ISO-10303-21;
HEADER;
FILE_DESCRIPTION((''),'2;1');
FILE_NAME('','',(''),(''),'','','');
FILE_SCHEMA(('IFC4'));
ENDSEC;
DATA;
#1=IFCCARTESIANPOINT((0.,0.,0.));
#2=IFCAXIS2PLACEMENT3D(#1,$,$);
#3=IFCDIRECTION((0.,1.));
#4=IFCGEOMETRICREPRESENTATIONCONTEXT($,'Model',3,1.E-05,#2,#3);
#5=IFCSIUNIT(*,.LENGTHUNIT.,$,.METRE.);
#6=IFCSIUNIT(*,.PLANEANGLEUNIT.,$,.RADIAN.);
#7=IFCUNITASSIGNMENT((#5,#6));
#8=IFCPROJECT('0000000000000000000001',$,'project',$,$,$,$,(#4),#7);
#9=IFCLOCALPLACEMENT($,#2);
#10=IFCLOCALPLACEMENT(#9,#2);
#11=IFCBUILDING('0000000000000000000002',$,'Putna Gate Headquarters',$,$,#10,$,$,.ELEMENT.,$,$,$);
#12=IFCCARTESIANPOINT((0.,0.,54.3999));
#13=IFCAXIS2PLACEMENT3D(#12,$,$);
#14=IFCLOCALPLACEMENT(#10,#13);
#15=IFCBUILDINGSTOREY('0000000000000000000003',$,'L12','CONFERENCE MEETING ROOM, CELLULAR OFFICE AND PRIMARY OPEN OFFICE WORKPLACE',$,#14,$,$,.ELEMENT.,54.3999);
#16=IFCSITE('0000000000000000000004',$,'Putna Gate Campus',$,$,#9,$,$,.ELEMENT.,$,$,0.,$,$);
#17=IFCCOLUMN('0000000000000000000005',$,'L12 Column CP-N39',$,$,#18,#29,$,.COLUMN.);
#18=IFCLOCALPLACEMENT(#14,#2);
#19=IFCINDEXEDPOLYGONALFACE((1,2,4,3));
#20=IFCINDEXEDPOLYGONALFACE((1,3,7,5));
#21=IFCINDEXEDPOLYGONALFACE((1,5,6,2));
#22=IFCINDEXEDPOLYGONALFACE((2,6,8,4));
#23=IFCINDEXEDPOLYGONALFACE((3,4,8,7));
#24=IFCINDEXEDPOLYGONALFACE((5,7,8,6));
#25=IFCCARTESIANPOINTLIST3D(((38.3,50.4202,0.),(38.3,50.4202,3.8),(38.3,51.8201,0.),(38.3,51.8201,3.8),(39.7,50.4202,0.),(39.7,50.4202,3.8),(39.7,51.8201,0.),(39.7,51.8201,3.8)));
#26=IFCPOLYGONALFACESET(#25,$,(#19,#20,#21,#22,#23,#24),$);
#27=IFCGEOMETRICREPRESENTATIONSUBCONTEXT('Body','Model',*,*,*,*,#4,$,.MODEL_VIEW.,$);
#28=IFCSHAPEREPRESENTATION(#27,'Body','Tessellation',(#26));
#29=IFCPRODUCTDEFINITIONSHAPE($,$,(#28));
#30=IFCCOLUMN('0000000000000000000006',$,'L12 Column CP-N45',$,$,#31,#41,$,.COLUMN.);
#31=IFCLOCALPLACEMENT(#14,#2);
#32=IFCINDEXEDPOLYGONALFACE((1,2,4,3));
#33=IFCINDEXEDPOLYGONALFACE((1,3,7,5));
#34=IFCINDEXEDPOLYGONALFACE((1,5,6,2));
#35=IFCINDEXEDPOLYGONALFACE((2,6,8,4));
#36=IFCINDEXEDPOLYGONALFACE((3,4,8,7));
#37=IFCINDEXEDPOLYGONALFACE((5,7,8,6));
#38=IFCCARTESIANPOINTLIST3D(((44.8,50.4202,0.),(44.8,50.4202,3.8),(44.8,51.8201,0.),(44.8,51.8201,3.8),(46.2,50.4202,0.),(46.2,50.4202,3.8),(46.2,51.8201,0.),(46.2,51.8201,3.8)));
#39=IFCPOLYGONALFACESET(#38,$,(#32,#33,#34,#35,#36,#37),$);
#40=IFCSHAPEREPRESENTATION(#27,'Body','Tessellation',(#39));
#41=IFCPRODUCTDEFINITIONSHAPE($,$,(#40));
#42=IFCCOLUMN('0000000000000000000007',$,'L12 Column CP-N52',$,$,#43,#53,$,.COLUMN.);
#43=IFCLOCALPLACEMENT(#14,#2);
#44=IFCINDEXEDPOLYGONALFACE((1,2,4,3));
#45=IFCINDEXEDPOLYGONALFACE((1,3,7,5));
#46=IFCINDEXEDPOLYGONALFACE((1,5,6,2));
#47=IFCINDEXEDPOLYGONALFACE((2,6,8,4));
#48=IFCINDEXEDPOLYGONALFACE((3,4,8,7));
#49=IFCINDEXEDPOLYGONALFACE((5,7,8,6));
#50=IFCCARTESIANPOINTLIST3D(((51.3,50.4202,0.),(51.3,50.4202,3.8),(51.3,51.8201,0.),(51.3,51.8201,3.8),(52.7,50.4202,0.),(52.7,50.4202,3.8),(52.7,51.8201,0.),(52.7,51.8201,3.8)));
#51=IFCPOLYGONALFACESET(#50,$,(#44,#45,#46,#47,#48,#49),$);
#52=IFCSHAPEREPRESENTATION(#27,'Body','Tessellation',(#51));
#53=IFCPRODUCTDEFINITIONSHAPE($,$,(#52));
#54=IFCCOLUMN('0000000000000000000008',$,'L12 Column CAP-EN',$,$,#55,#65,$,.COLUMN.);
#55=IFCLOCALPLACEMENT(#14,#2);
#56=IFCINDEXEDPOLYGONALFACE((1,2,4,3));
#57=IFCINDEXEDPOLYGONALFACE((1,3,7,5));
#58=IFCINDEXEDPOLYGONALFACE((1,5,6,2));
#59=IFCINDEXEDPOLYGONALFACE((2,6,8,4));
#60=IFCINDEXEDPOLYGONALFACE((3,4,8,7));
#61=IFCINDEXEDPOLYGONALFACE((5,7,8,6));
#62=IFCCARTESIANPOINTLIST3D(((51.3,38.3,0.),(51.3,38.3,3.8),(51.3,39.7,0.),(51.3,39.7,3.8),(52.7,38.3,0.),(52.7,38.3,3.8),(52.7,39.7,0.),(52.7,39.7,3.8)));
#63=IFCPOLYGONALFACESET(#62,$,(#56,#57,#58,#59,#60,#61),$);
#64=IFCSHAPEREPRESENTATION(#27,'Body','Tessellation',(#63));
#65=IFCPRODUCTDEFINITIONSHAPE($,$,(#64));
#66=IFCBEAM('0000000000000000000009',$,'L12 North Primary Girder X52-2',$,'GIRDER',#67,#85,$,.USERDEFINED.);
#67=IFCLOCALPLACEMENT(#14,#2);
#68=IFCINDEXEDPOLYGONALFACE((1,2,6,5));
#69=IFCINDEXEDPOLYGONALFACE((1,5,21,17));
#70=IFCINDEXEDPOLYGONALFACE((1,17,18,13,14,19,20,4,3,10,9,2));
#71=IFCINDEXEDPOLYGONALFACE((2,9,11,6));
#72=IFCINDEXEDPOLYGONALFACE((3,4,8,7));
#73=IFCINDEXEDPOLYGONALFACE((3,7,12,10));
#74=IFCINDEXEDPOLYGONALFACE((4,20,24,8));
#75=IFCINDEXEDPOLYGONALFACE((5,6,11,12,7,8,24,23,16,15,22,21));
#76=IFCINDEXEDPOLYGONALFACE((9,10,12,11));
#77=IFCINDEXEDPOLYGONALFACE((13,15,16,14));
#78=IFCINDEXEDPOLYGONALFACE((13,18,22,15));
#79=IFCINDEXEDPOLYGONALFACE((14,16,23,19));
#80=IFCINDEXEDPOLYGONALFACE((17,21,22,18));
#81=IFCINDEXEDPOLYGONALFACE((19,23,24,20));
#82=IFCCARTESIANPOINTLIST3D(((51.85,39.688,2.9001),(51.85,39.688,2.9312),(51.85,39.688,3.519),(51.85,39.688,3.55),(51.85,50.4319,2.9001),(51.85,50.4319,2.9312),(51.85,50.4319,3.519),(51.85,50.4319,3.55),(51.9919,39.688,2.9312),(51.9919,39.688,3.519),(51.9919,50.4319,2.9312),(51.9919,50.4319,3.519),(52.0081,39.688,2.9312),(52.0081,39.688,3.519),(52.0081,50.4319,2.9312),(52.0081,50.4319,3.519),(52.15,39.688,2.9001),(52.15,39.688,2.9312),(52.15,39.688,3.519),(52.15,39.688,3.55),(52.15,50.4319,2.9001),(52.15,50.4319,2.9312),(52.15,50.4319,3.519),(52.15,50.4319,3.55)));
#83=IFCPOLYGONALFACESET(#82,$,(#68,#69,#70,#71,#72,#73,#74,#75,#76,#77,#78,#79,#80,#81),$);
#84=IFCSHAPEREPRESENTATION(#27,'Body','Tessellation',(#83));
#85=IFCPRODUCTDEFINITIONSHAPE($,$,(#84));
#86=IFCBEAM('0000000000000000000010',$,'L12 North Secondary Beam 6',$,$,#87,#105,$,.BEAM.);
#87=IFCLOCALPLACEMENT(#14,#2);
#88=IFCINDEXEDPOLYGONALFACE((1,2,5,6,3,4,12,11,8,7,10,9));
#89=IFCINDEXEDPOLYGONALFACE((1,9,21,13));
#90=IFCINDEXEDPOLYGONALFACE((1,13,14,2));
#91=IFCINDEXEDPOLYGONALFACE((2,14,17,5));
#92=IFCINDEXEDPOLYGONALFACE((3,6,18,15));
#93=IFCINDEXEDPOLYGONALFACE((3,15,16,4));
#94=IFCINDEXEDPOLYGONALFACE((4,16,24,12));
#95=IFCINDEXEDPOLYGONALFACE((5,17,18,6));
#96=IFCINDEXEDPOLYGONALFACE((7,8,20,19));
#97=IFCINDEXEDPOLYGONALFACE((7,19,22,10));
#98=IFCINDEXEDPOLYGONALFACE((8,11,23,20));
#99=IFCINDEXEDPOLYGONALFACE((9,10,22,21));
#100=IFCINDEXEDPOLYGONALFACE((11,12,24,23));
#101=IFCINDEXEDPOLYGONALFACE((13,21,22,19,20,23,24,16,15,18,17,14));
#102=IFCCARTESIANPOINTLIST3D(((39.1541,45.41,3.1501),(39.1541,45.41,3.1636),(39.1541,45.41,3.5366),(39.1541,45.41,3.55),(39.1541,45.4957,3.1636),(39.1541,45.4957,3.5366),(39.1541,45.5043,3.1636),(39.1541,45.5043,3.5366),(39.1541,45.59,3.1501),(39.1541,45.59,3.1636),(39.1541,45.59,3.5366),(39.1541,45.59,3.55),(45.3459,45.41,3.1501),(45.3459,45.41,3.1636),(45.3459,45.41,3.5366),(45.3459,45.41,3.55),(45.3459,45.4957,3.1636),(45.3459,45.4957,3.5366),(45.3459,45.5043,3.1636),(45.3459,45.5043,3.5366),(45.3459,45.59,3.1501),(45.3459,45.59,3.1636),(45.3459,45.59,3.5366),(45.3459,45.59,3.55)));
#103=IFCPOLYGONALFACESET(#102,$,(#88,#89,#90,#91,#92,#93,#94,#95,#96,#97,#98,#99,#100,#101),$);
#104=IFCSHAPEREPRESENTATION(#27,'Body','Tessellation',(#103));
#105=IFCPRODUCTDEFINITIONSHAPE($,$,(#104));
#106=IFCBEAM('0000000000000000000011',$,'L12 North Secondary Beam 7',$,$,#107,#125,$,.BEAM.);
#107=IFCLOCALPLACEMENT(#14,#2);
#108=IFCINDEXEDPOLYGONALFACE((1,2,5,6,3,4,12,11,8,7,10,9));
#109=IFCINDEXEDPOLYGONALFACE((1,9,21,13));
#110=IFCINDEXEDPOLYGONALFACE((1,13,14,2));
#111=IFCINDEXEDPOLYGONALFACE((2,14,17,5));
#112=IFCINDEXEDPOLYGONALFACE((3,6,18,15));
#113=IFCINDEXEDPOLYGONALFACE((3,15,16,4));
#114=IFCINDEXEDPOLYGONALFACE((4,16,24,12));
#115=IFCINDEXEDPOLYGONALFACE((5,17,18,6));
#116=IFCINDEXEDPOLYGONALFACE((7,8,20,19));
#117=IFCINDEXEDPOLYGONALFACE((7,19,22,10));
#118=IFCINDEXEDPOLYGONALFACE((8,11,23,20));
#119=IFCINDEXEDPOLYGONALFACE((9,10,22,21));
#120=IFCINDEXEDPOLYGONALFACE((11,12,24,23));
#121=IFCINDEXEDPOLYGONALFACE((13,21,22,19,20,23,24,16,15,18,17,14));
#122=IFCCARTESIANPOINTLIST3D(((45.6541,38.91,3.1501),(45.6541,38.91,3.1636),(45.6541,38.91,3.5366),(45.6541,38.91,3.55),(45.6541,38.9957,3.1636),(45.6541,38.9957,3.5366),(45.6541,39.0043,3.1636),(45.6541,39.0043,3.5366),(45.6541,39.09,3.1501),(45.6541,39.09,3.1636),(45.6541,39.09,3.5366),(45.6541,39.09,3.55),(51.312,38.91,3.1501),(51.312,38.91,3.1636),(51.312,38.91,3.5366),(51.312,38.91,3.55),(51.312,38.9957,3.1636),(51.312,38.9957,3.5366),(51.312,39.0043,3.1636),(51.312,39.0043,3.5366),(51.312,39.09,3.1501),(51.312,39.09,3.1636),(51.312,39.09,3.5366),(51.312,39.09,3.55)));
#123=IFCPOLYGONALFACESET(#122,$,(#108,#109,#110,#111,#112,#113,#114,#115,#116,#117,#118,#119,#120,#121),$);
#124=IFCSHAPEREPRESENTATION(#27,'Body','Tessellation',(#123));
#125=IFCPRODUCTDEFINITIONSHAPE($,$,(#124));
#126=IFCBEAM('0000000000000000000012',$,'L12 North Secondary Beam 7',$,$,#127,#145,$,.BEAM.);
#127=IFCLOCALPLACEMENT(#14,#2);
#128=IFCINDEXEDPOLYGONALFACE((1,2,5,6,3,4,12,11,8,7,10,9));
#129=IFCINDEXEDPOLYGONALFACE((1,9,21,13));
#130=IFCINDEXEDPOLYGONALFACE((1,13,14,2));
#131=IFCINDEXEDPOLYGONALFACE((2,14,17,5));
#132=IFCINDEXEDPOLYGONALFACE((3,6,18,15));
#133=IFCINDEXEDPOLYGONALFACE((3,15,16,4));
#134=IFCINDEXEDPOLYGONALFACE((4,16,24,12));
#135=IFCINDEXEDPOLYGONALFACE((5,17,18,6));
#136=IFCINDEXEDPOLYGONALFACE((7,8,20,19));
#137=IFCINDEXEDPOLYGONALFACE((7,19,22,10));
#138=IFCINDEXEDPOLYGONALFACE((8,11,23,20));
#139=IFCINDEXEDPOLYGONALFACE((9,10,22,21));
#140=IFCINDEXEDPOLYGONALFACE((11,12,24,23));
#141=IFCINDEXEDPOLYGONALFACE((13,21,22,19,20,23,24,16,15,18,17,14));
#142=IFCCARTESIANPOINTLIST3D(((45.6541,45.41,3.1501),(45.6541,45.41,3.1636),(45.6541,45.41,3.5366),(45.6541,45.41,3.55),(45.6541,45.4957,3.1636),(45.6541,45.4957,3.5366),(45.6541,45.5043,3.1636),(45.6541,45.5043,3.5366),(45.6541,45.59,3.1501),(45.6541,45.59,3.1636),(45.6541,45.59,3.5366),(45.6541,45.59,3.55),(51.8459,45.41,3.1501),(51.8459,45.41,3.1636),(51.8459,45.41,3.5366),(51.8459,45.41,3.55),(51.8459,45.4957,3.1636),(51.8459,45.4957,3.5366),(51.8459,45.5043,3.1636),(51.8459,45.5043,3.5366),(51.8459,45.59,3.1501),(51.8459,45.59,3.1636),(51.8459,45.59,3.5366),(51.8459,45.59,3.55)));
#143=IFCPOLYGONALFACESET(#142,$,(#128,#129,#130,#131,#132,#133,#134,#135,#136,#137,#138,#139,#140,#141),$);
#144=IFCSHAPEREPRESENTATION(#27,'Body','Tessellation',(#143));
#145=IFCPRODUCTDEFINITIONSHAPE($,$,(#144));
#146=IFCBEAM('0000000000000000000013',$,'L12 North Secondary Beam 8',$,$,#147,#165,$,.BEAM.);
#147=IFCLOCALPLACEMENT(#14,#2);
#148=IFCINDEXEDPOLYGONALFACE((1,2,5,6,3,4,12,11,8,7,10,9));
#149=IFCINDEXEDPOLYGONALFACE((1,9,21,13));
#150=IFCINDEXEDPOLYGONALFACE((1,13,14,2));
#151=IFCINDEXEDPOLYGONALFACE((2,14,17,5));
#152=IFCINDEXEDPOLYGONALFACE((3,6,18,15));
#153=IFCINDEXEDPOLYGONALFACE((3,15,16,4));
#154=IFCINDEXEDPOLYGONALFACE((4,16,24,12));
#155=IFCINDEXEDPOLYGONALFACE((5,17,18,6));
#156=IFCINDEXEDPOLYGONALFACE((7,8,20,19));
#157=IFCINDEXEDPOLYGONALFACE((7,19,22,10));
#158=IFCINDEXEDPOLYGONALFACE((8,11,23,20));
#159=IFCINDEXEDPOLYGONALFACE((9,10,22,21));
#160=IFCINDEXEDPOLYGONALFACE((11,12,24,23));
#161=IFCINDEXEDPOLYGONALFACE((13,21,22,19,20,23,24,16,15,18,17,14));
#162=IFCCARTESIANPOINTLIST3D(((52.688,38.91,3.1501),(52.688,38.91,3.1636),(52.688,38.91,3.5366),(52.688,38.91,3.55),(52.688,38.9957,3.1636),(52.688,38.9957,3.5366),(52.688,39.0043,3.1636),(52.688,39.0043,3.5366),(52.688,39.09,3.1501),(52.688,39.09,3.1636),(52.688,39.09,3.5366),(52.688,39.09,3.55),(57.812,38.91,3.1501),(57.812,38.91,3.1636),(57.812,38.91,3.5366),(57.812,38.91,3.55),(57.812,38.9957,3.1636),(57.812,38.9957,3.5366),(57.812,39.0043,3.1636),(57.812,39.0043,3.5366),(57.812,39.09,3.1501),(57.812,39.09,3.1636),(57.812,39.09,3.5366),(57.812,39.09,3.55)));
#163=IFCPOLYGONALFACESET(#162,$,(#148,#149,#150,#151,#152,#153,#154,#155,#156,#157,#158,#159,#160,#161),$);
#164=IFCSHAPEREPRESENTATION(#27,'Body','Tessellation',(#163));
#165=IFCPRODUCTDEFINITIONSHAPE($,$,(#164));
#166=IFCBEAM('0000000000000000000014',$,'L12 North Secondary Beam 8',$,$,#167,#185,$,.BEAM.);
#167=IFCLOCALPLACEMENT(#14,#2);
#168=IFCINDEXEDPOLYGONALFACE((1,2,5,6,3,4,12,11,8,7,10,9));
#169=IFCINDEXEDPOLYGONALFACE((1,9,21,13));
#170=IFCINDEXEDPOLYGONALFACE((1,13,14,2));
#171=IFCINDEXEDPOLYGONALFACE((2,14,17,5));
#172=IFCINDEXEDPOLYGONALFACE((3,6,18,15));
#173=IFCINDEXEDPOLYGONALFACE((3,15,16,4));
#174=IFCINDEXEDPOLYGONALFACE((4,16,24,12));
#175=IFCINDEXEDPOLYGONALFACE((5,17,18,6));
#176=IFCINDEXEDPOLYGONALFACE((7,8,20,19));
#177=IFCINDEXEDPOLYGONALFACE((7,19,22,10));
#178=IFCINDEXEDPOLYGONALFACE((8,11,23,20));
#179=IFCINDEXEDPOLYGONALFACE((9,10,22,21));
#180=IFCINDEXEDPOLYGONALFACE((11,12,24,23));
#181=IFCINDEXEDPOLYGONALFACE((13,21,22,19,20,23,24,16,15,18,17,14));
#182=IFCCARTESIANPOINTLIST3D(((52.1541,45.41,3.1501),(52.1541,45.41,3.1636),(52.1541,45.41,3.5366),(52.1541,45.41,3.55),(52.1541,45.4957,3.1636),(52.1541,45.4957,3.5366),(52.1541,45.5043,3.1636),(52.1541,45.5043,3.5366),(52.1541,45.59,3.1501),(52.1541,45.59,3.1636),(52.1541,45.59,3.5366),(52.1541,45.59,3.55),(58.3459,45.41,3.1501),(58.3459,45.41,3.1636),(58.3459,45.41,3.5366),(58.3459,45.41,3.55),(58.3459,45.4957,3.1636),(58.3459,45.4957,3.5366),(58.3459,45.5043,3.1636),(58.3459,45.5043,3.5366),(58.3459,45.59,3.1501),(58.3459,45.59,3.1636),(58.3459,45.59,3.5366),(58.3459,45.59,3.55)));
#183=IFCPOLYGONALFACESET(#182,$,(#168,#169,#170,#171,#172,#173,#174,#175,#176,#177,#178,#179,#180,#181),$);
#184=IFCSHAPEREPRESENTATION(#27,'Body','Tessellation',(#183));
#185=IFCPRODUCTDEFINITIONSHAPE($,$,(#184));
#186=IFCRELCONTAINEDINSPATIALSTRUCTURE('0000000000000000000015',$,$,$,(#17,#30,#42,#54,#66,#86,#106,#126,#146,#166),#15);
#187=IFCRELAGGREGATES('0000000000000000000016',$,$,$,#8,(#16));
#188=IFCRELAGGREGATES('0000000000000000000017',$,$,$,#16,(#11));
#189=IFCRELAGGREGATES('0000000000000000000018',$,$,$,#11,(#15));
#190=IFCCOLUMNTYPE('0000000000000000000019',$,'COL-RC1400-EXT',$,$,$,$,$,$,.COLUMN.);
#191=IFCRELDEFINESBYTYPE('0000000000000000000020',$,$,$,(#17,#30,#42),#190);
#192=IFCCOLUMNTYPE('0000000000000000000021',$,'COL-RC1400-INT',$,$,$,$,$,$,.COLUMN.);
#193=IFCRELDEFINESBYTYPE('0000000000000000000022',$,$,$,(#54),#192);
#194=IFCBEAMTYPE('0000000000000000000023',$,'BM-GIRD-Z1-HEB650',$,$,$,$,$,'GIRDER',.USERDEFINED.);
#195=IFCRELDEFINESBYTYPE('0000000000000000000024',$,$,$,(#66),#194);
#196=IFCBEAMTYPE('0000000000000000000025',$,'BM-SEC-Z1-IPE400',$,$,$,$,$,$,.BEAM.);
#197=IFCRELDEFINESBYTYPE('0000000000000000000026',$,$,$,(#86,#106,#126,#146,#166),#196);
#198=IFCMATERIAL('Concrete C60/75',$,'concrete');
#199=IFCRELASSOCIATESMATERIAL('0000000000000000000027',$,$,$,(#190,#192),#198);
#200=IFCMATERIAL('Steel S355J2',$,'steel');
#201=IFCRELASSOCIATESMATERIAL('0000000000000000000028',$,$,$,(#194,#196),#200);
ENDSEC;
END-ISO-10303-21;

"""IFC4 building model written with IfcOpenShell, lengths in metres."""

from ifc_helpers import new_model, si_unit, direction, frame, origin, origin_2d, place, context, subcontext, project, spatial, rectangle, i_section, extrude, material, material_profile, profile_set, type_object, element, save


model = new_model("IFC4")

# Units and contexts
model_context = context("Model", 3, precision=1e-05, world=origin(), true_north=direction((0.0, 1.0)))
body_context = subcontext(model_context, "Body", "Model", "MODEL_VIEW")
ifc_project = project(units=[si_unit("LENGTHUNIT", "METRE"), si_unit("PLANEANGLEUNIT", "RADIAN")], contexts=[model_context])

# Site, building, storey
site_placement = place(None, origin())
site = spatial("IfcSite", under=ifc_project, at=site_placement, Name="Putna Gate Campus", CompositionType="ELEMENT", RefElevation=0.0)
building_placement = place(site_placement, origin())
building = spatial("IfcBuilding", under=site, at=building_placement, Name="Putna Gate Headquarters", CompositionType="ELEMENT")
storey_placement = place(building_placement, frame((0.0, 0.0, 54.3999)))
storey = spatial("IfcBuildingStorey", under=building, at=storey_placement, Name="L12", Description="CONFERENCE MEETING ROOM, CELLULAR OFFICE AND PRIMARY OPEN OFFICE WORKPLACE", CompositionType="ELEMENT", Elevation=54.3999)

# Columns
ifc_material_1 = material(Name="Concrete C60/75", Category="concrete")
ifc_material_profile_1 = material_profile(ifc_material_1, rectangle(XDim=1.3999, YDim=1.3999, at=origin_2d()), Name="Concrete C60/75")
ifc_profile_set_1 = profile_set([ifc_material_profile_1], Name="Concrete C60/75")
column_type_1 = type_object("IfcColumnType", Name="COL-RC1400-EXT", PredefinedType="COLUMN", material=ifc_profile_set_1)
for number, where, z_axis, x_axis, name in (
    (1, (39.0, 51.1201, 0.0), (0.0, 0.0, 1.0), (1.0, 0.0, 0.0), "L12 Column CP-N39"),
    (2, (45.5, 51.1201, 0.0), (0.0, 0.0, 1.0), (1.0, 0.0, 0.0), "L12 Column CP-N45"),
    (3, (52.0, 51.1201, 0.0), (0.0, 0.0, 1.0), (1.0, 0.0, 0.0), "L12 Column CP-N52"),
):
    element("IfcColumn", number, at=place(storey_placement, frame(where, z_axis=z_axis, x_axis=x_axis)), inside=storey, type_object=column_type_1, Name=name, PredefinedType="COLUMN", context=body_context, shape_type="SweptSolid", body=[
        extrude(rectangle(XDim=1.3999, YDim=1.3999, at=origin_2d()), origin(), (0.0, 0.0, 1.0), 3.8),
    ])
ifc_material_profile_2 = material_profile(ifc_material_1, rectangle(XDim=1.3999, YDim=1.3999, at=origin_2d()), Name="Concrete C60/75")
ifc_profile_set_2 = profile_set([ifc_material_profile_2], Name="Concrete C60/75")
column_type_2 = type_object("IfcColumnType", Name="COL-RC1400-INT", PredefinedType="COLUMN", material=ifc_profile_set_2)
column_placement = place(storey_placement, frame((52.0, 39.0, 0.0), z_axis=(0.0, 0.0, 1.0), x_axis=(1.0, 0.0, 0.0)))
element("IfcColumn", 4, at=column_placement, inside=storey, type_object=column_type_2, Name="L12 Column CAP-EN", PredefinedType="COLUMN", context=body_context, shape_type="SweptSolid", body=[
    extrude(rectangle(XDim=1.3999, YDim=1.3999, at=origin_2d()), origin(), (0.0, 0.0, 1.0), 3.8),
])

# Beams
ifc_material_2 = material(Name="Steel S355J2", Category="steel")
ifc_material_profile_3 = material_profile(ifc_material_2, i_section(OverallWidth=0.3, OverallDepth=0.6499, WebThickness=0.0161, FlangeThickness=0.031, at=origin_2d()), Name="Steel S355J2")
ifc_profile_set_3 = profile_set([ifc_material_profile_3], Name="Steel S355J2")
beam_type_1 = type_object("IfcBeamType", Name="BM-GIRD-Z1-HEB650", ElementType="GIRDER", PredefinedType="USERDEFINED", material=ifc_profile_set_3)
beam_1_placement = place(storey_placement, frame((52.0, 39.688, 3.2251), z_axis=(0.0, 1.0, 0.0), x_axis=(-1.0, 0.0, 0.0)))
element("IfcBeam", 5, at=beam_1_placement, inside=storey, type_object=beam_type_1, Name="L12 North Primary Girder X52-2", ObjectType="GIRDER", PredefinedType="USERDEFINED", context=body_context, shape_type="SweptSolid", body=[
    extrude(i_section(OverallWidth=0.3, OverallDepth=0.6499, WebThickness=0.0161, FlangeThickness=0.031, at=origin_2d()), origin(), (0.0, 0.0, 1.0), 10.7439),
])
ifc_material_profile_4 = material_profile(ifc_material_2, i_section(OverallWidth=0.1799, OverallDepth=0.3999, WebThickness=0.0085, FlangeThickness=0.0134, at=origin_2d()), Name="Steel S355J2")
ifc_profile_set_4 = profile_set([ifc_material_profile_4], Name="Steel S355J2")
beam_type_2 = type_object("IfcBeamType", Name="BM-SEC-Z1-IPE400", PredefinedType="BEAM", material=ifc_profile_set_4)
beam_2_placement = place(storey_placement, frame((39.1541, 45.5, 3.3501), z_axis=(1.0, 0.0, 0.0), x_axis=(0.0, 1.0, 0.0)))
element("IfcBeam", 6, at=beam_2_placement, inside=storey, type_object=beam_type_2, Name="L12 North Secondary Beam 6", PredefinedType="BEAM", context=body_context, shape_type="SweptSolid", body=[
    extrude(i_section(OverallWidth=0.1799, OverallDepth=0.3999, WebThickness=0.0085, FlangeThickness=0.0134, at=origin_2d()), origin(), (0.0, 0.0, 1.0), 6.1919),
])
beam_3_placement = place(storey_placement, frame((45.6541, 39.0, 3.3501), z_axis=(1.0, 0.0, 0.0), x_axis=(0.0, 1.0, 0.0)))
element("IfcBeam", 7, at=beam_3_placement, inside=storey, type_object=beam_type_2, Name="L12 North Secondary Beam 7", PredefinedType="BEAM", context=body_context, shape_type="SweptSolid", body=[
    extrude(i_section(OverallWidth=0.1799, OverallDepth=0.3999, WebThickness=0.0085, FlangeThickness=0.0134, at=origin_2d()), origin(), (0.0, 0.0, 1.0), 5.658),
])
beam_4_placement = place(storey_placement, frame((45.6541, 45.5, 3.3501), z_axis=(1.0, 0.0, 0.0), x_axis=(0.0, 1.0, 0.0)))
element("IfcBeam", 8, at=beam_4_placement, inside=storey, type_object=beam_type_2, Name="L12 North Secondary Beam 7", PredefinedType="BEAM", context=body_context, shape_type="SweptSolid", body=[
    extrude(i_section(OverallWidth=0.1799, OverallDepth=0.3999, WebThickness=0.0085, FlangeThickness=0.0134, at=origin_2d()), origin(), (0.0, 0.0, 1.0), 6.1919),
])
beam_5_placement = place(storey_placement, frame((52.688, 39.0, 3.3501), z_axis=(1.0, 0.0, 0.0), x_axis=(0.0, 1.0, 0.0)))
element("IfcBeam", 9, at=beam_5_placement, inside=storey, type_object=beam_type_2, Name="L12 North Secondary Beam 8", PredefinedType="BEAM", context=body_context, shape_type="SweptSolid", body=[
    extrude(i_section(OverallWidth=0.1799, OverallDepth=0.3999, WebThickness=0.0085, FlangeThickness=0.0134, at=origin_2d()), origin(), (0.0, 0.0, 1.0), 5.124),
])
beam_6_placement = place(storey_placement, frame((52.1541, 45.5, 3.3501), z_axis=(1.0, 0.0, 0.0), x_axis=(0.0, 1.0, 0.0)))
element("IfcBeam", 10, at=beam_6_placement, inside=storey, type_object=beam_type_2, Name="L12 North Secondary Beam 8", PredefinedType="BEAM", context=body_context, shape_type="SweptSolid", body=[
    extrude(i_section(OverallWidth=0.1799, OverallDepth=0.3999, WebThickness=0.0085, FlangeThickness=0.0134, at=origin_2d()), origin(), (0.0, 0.0, 1.0), 6.1919),
])

save(model, "model.ifc")
